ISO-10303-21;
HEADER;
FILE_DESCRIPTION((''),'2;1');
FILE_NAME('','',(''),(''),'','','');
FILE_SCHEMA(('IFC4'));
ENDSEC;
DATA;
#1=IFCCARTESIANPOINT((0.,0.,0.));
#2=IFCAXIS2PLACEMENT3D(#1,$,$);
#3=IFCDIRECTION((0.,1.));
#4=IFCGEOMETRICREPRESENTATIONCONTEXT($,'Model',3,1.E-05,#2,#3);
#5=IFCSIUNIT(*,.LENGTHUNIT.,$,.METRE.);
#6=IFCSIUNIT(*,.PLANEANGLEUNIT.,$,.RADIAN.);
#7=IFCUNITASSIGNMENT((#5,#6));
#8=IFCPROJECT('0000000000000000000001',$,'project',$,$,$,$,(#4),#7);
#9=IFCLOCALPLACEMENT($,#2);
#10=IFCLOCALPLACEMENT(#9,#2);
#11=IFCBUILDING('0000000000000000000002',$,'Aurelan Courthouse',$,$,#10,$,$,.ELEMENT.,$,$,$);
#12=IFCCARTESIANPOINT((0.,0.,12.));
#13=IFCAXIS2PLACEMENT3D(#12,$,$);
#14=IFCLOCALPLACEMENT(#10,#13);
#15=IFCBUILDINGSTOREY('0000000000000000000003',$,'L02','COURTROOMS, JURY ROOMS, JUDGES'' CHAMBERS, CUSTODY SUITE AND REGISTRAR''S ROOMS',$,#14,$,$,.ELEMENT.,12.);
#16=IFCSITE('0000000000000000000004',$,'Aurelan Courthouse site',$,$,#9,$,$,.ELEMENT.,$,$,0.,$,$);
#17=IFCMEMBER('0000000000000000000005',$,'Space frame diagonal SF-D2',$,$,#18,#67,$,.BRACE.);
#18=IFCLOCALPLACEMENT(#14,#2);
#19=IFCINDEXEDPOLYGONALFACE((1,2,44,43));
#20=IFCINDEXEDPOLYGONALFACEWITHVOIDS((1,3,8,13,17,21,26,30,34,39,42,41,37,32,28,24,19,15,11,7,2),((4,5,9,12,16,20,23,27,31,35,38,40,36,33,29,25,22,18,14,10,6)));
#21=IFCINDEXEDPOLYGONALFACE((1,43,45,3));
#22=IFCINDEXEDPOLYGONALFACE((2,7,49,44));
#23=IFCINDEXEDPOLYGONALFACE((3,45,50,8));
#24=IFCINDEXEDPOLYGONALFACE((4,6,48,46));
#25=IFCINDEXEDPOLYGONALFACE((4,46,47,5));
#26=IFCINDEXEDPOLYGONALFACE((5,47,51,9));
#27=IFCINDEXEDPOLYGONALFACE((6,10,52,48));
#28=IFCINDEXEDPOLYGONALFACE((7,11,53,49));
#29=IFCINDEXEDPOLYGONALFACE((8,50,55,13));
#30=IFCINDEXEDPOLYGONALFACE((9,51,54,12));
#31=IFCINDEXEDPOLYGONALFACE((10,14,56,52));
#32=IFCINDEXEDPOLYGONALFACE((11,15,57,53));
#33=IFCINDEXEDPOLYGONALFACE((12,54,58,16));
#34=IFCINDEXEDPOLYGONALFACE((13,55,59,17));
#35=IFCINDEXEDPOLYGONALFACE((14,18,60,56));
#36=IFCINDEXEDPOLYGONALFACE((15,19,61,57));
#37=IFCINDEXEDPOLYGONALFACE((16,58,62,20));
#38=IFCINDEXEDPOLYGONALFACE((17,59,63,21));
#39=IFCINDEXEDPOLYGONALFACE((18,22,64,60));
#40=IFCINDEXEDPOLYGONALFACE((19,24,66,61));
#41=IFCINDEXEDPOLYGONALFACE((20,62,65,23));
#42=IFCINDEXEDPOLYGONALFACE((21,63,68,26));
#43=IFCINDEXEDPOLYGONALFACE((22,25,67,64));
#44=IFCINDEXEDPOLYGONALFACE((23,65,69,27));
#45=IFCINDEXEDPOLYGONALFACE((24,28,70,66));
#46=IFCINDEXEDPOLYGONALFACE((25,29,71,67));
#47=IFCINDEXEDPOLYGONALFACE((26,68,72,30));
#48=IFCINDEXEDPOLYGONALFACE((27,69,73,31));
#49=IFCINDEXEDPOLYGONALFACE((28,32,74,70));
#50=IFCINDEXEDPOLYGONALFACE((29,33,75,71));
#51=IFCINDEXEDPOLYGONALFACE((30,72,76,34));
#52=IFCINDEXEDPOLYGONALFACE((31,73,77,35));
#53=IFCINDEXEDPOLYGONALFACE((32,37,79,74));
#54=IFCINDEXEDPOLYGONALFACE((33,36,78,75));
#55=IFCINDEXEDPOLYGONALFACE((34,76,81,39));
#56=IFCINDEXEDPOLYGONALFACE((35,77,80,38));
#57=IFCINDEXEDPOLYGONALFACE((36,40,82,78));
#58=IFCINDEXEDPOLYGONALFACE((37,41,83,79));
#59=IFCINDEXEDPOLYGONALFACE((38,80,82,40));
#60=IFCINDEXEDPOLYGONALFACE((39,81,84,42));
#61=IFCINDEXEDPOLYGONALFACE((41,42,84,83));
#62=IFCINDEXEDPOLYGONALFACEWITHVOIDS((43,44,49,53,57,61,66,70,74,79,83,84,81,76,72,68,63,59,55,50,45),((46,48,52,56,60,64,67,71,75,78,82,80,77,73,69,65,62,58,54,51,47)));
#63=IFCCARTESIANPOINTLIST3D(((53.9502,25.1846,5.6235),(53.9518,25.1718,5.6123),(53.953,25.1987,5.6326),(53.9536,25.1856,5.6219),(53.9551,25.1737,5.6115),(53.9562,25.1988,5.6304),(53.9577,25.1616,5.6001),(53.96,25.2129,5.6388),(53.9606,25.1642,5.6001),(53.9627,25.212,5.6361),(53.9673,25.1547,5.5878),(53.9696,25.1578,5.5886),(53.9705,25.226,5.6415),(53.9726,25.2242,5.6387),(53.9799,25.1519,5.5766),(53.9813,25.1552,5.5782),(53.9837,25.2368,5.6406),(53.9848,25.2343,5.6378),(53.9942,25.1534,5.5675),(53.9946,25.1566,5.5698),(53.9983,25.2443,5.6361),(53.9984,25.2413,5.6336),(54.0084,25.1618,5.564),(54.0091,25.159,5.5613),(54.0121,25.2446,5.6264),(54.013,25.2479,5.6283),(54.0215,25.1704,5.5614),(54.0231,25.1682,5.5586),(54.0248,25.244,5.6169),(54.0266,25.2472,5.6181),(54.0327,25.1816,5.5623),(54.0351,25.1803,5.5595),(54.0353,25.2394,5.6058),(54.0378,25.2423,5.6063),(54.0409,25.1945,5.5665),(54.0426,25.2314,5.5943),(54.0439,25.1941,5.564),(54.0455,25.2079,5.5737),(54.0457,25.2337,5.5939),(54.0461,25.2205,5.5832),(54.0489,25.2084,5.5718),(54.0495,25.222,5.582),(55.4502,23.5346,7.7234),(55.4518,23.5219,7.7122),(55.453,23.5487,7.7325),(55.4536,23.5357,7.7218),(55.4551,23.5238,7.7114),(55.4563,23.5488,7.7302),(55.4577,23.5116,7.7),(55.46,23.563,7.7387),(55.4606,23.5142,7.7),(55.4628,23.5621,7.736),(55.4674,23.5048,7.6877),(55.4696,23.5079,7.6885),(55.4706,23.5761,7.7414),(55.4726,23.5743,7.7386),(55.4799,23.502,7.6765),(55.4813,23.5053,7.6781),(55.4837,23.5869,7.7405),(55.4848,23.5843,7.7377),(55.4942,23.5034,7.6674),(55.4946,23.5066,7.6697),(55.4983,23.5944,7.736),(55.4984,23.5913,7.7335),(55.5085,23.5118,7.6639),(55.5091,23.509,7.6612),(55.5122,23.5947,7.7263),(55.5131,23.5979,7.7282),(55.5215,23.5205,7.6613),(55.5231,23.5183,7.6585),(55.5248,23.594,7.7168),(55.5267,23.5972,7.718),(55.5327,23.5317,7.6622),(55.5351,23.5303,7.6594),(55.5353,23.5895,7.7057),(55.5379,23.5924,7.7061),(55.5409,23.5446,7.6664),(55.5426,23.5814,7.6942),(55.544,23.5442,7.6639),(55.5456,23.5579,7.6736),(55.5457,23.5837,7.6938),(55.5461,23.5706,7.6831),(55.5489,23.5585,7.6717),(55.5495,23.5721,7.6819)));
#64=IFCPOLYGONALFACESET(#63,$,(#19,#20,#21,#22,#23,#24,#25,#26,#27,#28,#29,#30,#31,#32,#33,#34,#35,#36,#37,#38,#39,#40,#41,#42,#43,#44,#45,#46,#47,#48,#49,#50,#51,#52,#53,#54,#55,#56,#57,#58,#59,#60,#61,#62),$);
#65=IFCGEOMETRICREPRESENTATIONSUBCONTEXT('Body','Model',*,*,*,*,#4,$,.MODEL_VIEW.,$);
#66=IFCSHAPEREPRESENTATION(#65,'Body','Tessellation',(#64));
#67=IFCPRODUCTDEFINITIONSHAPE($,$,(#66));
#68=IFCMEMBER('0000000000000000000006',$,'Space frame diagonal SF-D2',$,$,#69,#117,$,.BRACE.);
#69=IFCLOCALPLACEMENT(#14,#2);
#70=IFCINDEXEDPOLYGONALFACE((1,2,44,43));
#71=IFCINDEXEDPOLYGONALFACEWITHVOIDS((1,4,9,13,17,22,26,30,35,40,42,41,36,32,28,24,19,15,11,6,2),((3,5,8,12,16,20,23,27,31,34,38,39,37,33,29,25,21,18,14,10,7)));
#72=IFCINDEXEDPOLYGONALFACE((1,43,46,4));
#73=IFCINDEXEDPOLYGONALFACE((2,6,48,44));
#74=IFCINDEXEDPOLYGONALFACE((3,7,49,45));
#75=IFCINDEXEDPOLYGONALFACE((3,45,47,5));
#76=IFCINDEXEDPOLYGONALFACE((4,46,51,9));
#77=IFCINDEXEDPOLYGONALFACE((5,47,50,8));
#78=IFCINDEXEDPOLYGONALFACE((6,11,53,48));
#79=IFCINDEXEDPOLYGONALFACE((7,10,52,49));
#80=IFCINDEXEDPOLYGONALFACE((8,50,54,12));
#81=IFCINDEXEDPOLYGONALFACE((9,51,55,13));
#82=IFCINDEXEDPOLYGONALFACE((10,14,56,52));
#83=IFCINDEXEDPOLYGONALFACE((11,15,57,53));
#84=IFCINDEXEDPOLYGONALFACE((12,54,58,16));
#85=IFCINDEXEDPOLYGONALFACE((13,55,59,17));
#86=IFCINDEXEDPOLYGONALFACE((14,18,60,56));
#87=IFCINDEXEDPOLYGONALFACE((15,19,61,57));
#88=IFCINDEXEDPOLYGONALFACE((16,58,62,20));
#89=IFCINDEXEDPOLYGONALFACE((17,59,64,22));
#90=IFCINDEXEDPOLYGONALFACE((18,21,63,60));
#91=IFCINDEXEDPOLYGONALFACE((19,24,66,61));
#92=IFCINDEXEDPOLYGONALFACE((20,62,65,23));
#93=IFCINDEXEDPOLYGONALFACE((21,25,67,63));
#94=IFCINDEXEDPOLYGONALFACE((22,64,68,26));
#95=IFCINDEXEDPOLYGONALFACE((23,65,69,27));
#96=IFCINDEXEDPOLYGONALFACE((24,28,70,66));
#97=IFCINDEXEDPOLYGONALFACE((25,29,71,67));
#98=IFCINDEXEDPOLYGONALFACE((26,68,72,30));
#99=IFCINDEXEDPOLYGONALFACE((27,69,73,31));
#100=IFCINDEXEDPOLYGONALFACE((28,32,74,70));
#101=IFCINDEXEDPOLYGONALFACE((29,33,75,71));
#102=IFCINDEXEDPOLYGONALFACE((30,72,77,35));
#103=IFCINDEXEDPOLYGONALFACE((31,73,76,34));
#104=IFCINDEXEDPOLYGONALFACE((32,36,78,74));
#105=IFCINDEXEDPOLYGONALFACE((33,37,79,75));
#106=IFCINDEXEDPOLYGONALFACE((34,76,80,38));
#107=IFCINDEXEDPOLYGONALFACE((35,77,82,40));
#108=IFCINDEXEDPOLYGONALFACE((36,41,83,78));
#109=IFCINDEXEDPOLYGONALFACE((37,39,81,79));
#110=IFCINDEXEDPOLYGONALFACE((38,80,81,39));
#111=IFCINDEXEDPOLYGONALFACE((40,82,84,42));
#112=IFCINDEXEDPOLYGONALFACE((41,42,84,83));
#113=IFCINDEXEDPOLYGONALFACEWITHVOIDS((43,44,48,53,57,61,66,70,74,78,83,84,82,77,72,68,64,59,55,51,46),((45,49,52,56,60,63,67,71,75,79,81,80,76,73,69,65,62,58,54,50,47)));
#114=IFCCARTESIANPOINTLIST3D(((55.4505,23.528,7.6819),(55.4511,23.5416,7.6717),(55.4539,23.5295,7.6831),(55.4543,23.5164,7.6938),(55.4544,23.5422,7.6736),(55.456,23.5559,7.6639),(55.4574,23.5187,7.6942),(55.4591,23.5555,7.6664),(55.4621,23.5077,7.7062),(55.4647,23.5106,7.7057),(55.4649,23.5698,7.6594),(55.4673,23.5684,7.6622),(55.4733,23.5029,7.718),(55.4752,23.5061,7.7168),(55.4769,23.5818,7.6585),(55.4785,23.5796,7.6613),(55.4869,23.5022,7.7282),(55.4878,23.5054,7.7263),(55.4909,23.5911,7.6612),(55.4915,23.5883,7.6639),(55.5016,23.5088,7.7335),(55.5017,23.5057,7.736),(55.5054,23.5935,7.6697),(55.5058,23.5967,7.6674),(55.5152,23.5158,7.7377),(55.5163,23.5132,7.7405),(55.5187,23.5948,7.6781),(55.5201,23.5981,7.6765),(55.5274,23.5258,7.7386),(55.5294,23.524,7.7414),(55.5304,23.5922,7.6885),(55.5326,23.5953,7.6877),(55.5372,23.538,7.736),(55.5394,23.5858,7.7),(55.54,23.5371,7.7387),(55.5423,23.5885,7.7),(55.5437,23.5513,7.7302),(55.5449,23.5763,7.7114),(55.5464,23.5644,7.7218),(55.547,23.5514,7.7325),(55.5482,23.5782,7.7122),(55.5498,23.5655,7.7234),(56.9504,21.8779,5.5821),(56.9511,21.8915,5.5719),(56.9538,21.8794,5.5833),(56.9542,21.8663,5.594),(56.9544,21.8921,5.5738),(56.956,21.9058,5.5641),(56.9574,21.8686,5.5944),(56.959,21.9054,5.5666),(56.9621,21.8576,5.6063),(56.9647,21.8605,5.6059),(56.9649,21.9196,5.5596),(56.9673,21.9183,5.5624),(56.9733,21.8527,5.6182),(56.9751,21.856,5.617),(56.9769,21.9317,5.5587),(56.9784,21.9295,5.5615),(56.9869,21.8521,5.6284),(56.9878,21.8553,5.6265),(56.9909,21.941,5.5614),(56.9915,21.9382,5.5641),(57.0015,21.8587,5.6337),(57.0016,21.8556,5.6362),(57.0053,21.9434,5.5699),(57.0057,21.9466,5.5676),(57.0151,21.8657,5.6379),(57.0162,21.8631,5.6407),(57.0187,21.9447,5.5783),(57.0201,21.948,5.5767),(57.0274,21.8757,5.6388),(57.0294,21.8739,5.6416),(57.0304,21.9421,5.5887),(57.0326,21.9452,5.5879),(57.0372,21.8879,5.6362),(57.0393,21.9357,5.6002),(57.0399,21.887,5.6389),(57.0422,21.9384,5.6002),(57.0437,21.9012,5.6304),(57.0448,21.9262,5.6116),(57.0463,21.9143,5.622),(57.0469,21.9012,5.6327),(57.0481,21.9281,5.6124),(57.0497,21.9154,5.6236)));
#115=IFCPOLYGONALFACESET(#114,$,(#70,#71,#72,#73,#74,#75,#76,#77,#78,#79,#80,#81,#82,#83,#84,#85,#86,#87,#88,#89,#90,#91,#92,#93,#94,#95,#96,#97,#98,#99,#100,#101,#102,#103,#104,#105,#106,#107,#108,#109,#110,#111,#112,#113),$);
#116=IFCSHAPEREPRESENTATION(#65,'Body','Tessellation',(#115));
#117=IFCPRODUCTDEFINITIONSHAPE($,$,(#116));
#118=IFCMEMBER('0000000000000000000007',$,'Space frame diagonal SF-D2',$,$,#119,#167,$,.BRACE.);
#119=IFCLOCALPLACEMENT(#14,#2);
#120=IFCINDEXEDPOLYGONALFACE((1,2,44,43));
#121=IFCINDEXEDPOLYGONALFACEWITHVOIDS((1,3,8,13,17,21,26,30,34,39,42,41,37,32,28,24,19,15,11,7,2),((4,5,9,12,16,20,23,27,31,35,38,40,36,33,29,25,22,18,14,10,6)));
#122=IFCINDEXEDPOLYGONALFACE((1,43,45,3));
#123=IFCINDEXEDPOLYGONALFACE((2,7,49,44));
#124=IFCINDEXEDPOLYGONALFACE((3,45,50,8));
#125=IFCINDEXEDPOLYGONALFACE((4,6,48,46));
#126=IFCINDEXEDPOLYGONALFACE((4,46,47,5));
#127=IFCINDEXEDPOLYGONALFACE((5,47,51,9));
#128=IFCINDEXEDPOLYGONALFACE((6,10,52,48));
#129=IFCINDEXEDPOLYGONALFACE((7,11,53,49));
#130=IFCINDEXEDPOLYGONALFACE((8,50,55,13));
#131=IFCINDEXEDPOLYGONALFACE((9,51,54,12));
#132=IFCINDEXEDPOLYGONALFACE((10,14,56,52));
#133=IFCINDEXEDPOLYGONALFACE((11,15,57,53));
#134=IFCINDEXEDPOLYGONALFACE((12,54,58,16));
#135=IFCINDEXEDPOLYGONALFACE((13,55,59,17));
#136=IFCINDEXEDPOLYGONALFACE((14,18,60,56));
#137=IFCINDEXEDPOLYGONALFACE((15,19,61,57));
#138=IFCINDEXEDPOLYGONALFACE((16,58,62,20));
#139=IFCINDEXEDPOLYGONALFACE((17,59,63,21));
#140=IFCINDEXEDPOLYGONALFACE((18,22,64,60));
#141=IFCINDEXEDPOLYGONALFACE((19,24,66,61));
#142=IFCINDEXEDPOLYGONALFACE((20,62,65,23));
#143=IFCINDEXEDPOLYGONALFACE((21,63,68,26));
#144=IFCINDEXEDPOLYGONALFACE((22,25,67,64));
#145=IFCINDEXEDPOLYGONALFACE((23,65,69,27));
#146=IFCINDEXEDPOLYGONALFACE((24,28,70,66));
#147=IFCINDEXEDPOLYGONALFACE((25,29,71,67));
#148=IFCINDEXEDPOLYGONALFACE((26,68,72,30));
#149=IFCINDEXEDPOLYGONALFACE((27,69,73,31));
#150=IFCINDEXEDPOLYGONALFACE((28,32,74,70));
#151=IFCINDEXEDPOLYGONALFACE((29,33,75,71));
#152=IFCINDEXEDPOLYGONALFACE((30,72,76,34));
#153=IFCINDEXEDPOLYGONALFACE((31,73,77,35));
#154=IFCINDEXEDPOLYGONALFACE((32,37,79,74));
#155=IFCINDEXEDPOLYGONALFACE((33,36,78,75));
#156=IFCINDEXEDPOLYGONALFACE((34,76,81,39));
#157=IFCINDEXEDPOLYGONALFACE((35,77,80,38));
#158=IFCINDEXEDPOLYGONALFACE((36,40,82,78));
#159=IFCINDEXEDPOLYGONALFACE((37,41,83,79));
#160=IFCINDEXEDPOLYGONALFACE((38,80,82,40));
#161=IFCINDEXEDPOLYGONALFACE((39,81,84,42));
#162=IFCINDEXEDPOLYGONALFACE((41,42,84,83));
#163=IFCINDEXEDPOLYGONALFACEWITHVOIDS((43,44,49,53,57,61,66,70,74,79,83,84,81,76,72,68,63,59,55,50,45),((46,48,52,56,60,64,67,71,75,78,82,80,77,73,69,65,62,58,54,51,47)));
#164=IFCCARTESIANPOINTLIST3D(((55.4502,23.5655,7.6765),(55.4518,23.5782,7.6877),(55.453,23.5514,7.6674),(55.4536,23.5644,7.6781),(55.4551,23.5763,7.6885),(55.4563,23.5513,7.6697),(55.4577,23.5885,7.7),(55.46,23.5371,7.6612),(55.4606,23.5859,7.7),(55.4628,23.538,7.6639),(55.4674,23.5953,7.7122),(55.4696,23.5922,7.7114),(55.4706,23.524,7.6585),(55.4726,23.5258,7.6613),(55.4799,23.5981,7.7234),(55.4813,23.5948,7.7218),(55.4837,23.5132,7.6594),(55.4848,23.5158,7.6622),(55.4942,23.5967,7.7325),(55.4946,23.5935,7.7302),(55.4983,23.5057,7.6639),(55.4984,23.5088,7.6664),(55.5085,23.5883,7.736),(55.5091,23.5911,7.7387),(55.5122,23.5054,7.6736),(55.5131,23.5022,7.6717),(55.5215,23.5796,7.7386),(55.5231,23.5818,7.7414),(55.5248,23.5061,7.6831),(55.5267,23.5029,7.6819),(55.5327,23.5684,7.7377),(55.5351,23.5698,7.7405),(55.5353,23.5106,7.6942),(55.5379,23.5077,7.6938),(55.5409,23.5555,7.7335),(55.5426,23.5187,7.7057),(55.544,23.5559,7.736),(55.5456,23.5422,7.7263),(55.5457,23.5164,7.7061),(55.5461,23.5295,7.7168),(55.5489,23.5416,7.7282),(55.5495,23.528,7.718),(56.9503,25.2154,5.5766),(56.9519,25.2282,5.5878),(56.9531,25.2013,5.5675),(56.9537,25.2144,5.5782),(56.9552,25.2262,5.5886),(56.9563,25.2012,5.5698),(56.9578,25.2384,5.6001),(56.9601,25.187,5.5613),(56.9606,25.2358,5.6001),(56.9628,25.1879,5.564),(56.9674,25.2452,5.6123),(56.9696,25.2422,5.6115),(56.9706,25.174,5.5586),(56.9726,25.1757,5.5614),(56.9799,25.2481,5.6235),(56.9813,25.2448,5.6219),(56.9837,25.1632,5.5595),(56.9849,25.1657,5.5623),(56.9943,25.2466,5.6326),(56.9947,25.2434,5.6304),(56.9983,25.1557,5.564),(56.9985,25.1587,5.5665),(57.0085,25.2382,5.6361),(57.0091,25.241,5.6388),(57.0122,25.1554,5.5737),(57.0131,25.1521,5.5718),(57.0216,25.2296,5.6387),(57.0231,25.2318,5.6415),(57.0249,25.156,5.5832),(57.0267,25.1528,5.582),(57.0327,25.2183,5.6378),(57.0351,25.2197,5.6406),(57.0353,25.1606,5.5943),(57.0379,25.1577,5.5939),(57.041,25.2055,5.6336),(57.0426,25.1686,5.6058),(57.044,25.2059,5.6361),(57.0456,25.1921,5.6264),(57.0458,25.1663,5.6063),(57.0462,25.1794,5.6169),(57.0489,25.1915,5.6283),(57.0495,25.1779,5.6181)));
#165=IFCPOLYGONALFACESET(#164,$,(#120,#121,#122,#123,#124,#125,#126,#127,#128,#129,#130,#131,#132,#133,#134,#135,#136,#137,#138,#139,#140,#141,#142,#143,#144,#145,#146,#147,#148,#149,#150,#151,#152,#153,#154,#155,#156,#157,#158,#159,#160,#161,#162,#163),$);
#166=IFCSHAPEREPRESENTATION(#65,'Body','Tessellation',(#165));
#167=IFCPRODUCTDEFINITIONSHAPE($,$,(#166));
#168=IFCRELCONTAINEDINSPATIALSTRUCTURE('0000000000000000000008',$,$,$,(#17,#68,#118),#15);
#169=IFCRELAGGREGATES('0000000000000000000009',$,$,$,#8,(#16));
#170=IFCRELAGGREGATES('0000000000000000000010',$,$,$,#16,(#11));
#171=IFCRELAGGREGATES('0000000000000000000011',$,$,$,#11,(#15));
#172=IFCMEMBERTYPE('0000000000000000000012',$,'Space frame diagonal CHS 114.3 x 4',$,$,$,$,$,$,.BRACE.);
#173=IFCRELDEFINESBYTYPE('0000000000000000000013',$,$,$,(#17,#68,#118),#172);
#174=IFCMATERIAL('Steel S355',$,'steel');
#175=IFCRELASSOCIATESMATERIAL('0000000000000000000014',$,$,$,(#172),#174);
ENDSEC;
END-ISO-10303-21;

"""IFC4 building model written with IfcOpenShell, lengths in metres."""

from ifc_helpers import new_model, si_unit, direction, frame, origin, origin_2d, place, context, subcontext, project, spatial, hollow_circle, extrude, material, material_profile, profile_set, type_object, element, save


model = new_model("IFC4")

# Units and contexts
model_context = context("Model", 3, precision=1e-05, world=origin(), true_north=direction((0.0, 1.0)))
body_context = subcontext(model_context, "Body", "Model", "MODEL_VIEW")
ifc_project = project(units=[si_unit("LENGTHUNIT", "METRE"), si_unit("PLANEANGLEUNIT", "RADIAN")], contexts=[model_context])

# Site, building, storey
site_placement = place(None, origin())
site = spatial("IfcSite", under=ifc_project, at=site_placement, Name="Aurelan Courthouse site", CompositionType="ELEMENT", RefElevation=0.0)
building_placement = place(site_placement, origin())
building = spatial("IfcBuilding", under=site, at=building_placement, Name="Aurelan Courthouse", CompositionType="ELEMENT")
storey_placement = place(building_placement, frame((0.0, 0.0, 12.0)))
storey = spatial("IfcBuildingStorey", under=building, at=storey_placement, Name="L02", Description="COURTROOMS, JURY ROOMS, JUDGES' CHAMBERS, CUSTODY SUITE AND REGISTRAR'S ROOMS", CompositionType="ELEMENT", Elevation=12.0)

# Members
ifc_material_1 = material(Name="Steel S355", Category="steel")
ifc_material_profile_1 = material_profile(ifc_material_1, hollow_circle(Radius=0.0571, WallThickness=0.0039, at=origin_2d()), Name="CHS 114.3 x 4")
ifc_profile_set_1 = profile_set([ifc_material_profile_1], Name="Steel S355")
member_type_1 = type_object("IfcMemberType", Name="Space frame diagonal CHS 114.3 x 4", PredefinedType="BRACE", material=ifc_profile_set_1)
for number, where, z_axis, x_axis, name in (
    (1, (55.5, 23.55, 7.7), (-0.489727, 0.538667, -0.685569), (-0.73992, -0.672695, 0.0), "Space frame diagonal SF-D2"),
    (2, (55.5, 23.55, 7.7), (0.489706, -0.538724, -0.68554), (0.73997, 0.67264, 0.0), "Space frame diagonal SF-D2"),
    (3, (55.5, 23.55, 7.7), (0.489727, 0.538667, -0.685569), (-0.73992, 0.672695, 0.0), "Space frame diagonal SF-D2"),
):
    element("IfcMember", number, at=place(storey_placement, frame(where, z_axis=z_axis, x_axis=x_axis)), inside=storey, type_object=member_type_1, Name=name, PredefinedType="BRACE", context=body_context, shape_type="SweptSolid", body=[
        extrude(hollow_circle(Radius=0.0571, WallThickness=0.0039, at=origin_2d()), origin(), (0.0, 0.0, 1.0), 3.063),
    ])

save(model, "model.ifc")
